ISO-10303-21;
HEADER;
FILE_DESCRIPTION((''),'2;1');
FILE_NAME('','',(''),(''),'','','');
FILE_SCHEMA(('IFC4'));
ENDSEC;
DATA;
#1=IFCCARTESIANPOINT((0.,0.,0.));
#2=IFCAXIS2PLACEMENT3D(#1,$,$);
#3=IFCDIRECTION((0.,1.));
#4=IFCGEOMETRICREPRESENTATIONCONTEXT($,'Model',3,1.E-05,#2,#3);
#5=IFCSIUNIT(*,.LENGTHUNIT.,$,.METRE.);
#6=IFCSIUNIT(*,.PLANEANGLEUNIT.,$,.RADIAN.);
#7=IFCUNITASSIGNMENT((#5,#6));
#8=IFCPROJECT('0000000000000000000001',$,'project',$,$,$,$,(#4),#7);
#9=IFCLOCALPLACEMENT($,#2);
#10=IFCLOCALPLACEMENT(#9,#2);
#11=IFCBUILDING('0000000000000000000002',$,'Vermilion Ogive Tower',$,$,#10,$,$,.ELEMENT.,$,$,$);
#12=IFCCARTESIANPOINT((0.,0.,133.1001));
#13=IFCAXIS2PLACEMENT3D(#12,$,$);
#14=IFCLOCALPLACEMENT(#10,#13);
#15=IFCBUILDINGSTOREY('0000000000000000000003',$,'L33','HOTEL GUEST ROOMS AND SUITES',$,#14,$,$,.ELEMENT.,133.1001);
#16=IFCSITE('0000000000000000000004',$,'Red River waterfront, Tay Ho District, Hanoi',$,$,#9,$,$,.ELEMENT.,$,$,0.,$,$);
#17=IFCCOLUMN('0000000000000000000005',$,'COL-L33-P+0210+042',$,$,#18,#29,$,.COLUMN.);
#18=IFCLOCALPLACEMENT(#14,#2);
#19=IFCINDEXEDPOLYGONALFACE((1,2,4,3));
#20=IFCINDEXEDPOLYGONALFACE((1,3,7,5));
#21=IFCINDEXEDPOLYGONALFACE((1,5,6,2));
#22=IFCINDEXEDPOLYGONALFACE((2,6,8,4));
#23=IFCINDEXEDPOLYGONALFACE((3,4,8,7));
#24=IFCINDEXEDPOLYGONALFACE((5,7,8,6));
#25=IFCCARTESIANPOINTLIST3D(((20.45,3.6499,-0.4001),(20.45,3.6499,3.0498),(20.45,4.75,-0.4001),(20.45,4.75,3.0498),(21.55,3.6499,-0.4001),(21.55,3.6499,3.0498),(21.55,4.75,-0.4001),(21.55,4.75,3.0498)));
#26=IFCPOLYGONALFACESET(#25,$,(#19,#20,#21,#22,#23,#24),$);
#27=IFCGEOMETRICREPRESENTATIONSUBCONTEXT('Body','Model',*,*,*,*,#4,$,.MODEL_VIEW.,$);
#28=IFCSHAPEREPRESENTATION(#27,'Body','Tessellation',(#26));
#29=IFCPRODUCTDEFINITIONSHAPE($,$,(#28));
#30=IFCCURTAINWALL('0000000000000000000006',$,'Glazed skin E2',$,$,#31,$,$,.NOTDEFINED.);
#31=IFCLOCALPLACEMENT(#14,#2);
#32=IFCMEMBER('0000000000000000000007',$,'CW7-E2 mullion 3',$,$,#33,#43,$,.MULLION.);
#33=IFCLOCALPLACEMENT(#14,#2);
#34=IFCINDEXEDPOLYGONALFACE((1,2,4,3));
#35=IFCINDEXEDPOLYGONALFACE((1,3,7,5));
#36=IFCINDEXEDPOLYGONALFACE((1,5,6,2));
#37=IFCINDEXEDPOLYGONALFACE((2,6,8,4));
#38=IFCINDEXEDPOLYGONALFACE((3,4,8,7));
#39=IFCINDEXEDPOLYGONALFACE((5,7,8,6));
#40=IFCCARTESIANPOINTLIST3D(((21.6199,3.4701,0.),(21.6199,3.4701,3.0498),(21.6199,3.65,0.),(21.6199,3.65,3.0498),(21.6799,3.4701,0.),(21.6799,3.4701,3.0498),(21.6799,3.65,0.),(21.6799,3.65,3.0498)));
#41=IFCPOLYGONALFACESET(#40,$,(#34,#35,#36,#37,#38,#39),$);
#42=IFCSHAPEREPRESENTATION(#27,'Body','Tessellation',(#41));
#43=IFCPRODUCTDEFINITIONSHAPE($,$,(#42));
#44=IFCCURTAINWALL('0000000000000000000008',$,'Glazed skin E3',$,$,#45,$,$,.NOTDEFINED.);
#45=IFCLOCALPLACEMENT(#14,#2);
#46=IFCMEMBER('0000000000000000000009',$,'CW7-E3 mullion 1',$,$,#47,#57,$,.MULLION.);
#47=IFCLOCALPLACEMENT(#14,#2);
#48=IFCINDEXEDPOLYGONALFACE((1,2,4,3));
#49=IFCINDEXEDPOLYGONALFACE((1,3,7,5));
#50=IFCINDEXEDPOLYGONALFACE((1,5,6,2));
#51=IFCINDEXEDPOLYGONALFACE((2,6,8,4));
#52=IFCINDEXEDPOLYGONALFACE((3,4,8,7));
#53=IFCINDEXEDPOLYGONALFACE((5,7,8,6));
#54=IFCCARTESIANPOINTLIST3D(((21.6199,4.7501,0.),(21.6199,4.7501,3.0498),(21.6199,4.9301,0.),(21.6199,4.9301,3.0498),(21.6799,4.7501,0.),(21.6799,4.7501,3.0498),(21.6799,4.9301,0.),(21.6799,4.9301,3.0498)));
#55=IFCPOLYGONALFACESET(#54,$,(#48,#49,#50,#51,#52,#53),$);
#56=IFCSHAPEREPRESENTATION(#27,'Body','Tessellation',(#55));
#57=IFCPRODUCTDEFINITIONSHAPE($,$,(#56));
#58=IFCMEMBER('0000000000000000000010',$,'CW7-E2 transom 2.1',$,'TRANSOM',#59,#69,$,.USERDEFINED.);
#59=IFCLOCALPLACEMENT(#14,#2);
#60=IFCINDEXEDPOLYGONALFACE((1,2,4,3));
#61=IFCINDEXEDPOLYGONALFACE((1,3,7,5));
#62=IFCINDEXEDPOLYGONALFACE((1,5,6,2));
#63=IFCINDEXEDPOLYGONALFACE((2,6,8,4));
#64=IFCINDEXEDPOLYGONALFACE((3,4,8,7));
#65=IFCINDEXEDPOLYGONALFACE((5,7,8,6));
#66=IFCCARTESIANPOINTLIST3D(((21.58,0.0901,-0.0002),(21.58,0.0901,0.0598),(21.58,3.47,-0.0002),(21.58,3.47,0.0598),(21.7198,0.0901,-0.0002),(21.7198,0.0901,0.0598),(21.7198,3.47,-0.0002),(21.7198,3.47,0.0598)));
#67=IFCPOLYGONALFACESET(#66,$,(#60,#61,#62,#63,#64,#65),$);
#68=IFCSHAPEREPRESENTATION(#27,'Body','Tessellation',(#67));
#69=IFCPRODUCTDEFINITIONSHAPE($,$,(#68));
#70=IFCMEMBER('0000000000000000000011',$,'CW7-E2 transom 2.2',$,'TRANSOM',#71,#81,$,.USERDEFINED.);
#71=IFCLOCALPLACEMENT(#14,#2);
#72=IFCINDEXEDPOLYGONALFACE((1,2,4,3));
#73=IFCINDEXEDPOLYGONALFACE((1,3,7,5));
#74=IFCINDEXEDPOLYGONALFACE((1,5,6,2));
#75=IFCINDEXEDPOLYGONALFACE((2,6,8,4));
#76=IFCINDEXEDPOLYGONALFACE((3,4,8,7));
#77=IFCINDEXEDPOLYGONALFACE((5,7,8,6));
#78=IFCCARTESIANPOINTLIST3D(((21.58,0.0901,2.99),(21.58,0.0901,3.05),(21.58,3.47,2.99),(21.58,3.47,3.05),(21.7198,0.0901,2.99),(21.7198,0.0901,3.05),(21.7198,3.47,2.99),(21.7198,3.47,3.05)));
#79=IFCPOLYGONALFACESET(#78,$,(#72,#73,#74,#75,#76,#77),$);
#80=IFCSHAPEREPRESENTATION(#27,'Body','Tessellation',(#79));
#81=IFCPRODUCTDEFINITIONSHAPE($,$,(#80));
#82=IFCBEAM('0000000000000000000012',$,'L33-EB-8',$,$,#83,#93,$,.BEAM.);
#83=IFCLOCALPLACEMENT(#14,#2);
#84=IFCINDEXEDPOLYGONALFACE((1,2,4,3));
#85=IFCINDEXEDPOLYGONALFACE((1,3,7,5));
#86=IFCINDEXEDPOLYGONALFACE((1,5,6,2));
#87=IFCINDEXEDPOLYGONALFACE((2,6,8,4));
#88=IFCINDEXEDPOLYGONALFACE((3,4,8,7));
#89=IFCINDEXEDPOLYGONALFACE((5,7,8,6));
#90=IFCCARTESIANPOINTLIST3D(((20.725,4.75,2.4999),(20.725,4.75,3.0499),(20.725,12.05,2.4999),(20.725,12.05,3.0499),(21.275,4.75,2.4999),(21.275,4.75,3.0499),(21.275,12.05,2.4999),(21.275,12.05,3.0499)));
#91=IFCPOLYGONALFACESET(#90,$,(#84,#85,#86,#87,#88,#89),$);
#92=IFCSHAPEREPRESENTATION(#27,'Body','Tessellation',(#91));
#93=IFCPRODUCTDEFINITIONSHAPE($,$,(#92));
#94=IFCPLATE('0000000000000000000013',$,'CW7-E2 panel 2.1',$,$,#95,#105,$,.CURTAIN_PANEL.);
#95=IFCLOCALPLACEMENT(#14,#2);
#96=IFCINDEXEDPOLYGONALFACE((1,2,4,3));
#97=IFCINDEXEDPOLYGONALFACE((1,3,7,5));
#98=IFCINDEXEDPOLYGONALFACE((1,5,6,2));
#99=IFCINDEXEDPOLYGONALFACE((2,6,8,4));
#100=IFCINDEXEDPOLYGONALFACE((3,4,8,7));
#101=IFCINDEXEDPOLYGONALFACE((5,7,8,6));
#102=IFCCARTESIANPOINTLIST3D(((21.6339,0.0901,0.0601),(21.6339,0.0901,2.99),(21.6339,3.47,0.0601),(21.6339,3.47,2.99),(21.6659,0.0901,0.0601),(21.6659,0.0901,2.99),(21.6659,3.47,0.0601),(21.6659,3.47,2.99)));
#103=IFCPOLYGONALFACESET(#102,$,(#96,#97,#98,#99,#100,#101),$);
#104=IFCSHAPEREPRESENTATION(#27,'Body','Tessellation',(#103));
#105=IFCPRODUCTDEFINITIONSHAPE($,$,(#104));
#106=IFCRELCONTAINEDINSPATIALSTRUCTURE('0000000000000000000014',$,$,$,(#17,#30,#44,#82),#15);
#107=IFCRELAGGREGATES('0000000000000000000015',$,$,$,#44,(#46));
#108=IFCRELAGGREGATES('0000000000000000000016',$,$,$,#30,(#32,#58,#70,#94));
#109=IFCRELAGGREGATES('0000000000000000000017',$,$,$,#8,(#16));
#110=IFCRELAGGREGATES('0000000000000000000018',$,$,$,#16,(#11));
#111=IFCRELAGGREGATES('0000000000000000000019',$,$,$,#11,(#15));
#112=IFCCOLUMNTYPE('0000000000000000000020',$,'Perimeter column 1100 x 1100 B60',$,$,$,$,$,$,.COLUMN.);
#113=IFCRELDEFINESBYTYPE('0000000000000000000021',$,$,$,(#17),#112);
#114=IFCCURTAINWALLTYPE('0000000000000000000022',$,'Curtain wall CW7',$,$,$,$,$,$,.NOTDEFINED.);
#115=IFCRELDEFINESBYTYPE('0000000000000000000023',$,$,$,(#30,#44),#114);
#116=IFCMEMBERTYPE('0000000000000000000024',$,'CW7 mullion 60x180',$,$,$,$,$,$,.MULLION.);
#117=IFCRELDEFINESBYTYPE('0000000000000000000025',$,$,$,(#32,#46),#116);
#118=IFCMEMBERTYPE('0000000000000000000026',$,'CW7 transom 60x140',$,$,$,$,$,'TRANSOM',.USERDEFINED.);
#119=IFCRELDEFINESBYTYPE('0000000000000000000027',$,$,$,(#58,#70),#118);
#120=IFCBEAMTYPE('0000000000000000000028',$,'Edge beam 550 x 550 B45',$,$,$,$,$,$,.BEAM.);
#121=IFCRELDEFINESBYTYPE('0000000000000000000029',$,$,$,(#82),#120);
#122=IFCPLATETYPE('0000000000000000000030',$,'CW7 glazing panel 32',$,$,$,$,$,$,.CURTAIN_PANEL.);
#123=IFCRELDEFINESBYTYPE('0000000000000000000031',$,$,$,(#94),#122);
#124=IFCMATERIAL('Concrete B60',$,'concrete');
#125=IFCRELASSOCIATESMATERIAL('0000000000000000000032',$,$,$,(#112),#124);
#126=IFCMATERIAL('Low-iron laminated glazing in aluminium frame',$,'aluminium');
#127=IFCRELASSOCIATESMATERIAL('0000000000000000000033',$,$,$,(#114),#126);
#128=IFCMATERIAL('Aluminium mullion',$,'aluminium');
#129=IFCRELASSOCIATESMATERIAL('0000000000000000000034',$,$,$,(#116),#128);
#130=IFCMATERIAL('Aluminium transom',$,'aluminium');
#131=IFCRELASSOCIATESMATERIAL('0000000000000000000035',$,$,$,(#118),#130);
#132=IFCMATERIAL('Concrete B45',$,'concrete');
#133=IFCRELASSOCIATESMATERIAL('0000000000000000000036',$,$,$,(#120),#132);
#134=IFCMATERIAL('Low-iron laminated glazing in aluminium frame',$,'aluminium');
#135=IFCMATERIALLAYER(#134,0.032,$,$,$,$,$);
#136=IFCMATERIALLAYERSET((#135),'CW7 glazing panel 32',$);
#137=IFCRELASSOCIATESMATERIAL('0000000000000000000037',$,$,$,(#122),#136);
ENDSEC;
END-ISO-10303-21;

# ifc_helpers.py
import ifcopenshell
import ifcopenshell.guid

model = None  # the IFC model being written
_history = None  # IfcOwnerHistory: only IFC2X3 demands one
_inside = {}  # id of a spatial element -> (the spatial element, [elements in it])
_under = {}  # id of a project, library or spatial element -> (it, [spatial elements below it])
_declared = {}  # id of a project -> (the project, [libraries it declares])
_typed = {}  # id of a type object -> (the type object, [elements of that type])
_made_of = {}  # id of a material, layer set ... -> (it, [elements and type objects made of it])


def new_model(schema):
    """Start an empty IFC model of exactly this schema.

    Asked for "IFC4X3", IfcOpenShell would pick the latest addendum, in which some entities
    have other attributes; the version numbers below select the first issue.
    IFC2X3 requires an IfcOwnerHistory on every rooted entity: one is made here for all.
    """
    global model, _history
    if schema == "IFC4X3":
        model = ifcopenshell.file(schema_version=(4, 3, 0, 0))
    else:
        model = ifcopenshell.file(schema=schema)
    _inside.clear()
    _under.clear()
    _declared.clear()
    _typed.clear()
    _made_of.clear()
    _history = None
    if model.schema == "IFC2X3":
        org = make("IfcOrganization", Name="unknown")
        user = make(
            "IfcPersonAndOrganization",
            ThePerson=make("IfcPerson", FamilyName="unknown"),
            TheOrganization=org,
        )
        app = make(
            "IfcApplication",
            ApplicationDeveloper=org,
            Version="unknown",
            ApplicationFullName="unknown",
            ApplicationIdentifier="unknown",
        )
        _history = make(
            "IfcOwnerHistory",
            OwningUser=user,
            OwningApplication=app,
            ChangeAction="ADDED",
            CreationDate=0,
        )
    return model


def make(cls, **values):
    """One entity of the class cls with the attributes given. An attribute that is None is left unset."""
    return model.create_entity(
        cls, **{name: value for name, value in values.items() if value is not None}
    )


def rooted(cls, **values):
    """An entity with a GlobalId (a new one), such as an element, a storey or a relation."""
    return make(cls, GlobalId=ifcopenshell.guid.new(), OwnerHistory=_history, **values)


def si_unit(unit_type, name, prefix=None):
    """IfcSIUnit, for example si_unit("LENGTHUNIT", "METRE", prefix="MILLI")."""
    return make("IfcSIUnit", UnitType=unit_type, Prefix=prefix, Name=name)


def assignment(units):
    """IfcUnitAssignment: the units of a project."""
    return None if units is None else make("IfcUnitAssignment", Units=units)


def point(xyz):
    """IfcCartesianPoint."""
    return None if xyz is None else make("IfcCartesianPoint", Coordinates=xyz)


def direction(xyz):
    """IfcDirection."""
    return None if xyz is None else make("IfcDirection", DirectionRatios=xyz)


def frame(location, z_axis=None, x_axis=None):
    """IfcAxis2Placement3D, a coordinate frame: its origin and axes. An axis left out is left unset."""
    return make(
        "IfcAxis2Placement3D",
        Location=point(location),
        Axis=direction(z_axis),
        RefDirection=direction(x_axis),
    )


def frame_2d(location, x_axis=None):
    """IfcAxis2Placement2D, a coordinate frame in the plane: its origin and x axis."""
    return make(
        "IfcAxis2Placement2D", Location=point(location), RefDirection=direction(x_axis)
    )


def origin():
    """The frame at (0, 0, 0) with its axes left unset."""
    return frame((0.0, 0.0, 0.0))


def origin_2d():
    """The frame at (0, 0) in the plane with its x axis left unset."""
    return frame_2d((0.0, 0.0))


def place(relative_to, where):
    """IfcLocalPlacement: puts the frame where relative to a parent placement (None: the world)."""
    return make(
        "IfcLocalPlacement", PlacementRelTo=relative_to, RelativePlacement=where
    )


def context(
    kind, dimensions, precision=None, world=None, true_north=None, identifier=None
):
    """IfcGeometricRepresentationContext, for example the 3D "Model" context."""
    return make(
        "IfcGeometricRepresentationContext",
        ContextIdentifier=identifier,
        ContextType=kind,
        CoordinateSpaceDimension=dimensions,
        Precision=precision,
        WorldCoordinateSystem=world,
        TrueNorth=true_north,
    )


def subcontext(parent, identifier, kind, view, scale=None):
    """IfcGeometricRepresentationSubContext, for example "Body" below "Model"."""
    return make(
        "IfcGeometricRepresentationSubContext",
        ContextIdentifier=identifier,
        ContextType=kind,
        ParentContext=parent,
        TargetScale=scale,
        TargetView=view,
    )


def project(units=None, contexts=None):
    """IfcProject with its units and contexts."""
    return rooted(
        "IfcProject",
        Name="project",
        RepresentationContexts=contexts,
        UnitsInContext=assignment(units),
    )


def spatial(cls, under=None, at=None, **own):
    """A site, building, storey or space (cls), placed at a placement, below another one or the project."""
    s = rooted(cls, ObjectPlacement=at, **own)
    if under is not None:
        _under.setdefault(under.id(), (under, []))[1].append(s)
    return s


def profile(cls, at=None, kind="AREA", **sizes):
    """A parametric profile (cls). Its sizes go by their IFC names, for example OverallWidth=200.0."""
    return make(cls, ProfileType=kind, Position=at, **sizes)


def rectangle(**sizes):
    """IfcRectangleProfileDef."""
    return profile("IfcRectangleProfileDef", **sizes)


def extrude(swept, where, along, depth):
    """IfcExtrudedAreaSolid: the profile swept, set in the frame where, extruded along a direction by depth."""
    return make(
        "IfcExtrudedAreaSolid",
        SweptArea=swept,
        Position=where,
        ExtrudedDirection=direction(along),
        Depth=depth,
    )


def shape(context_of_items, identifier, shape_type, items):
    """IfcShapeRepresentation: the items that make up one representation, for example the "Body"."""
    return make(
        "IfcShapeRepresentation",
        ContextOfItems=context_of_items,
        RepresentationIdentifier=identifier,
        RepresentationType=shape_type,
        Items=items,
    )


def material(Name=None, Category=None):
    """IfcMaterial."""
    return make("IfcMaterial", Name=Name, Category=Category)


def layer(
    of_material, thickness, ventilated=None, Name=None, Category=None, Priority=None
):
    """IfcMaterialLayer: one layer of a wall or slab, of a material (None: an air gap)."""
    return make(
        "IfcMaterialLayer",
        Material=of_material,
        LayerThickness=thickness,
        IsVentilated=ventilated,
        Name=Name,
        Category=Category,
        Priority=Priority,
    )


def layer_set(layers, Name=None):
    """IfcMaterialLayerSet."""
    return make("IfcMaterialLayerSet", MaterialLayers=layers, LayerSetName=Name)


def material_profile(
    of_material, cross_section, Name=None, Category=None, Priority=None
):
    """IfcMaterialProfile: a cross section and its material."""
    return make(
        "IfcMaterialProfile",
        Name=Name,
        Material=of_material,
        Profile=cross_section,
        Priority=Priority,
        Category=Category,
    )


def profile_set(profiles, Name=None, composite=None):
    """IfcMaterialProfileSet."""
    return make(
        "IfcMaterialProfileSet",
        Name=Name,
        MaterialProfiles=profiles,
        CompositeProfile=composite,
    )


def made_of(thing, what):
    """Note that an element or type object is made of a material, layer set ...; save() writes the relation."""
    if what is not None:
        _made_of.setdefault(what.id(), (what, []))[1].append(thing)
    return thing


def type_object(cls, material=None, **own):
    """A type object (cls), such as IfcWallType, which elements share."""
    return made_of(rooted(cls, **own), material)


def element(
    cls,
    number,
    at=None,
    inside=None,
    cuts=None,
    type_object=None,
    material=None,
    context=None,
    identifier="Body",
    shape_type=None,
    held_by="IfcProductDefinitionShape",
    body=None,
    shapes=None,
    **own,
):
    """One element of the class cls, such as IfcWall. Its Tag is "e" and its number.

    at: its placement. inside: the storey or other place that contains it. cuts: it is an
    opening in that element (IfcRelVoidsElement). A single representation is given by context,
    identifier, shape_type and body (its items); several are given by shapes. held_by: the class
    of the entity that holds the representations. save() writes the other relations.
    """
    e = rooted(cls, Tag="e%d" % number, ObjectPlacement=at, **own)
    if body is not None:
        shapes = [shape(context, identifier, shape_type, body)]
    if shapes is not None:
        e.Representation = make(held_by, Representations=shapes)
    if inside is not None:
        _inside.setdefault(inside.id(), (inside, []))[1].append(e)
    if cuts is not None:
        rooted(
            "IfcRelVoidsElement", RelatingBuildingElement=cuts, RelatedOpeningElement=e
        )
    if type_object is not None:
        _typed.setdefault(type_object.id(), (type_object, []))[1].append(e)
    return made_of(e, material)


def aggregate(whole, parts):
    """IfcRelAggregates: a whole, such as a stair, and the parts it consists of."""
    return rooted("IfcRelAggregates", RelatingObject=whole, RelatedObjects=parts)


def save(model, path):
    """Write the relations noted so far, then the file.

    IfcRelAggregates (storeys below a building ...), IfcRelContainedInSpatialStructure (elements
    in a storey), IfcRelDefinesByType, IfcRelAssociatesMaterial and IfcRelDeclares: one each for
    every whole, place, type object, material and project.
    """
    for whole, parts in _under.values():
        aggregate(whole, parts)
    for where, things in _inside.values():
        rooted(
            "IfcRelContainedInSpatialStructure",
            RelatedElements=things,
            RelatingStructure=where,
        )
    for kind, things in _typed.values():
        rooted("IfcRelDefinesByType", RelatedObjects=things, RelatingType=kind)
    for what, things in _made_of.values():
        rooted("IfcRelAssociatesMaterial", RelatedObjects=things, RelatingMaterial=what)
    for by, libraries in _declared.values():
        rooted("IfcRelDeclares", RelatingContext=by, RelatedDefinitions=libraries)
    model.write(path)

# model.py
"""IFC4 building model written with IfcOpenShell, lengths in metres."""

from ifc_helpers import new_model, si_unit, direction, frame, origin, origin_2d, place, context, subcontext, project, spatial, rectangle, extrude, material, layer, layer_set, material_profile, profile_set, type_object, element, aggregate, save


model = new_model("IFC4")

# Units and contexts
model_context = context("Model", 3, precision=1e-05, world=origin(), true_north=direction((0.0, 1.0)))
body_context = subcontext(model_context, "Body", "Model", "MODEL_VIEW")
ifc_project = project(units=[si_unit("LENGTHUNIT", "METRE"), si_unit("PLANEANGLEUNIT", "RADIAN")], contexts=[model_context])

# Site, building, storey
site_placement = place(None, origin())
site = spatial("IfcSite", under=ifc_project, at=site_placement, Name="Red River waterfront, Tay Ho District, Hanoi", CompositionType="ELEMENT", RefElevation=0.0)
building_placement = place(site_placement, origin())
building = spatial("IfcBuilding", under=site, at=building_placement, Name="Vermilion Ogive Tower", CompositionType="ELEMENT")
storey_placement = place(building_placement, frame((0.0, 0.0, 133.1001)))
storey = spatial("IfcBuildingStorey", under=building, at=storey_placement, Name="L33", Description="HOTEL GUEST ROOMS AND SUITES", CompositionType="ELEMENT", Elevation=133.1001)

# Column
ifc_material_1 = material(Name="Concrete B60", Category="concrete")
ifc_material_profile_1 = material_profile(ifc_material_1, rectangle(XDim=1.1001, YDim=1.1001, at=origin_2d()), Name="1100 x 1100")
ifc_profile_set_1 = profile_set([ifc_material_profile_1], Name="Concrete B60")
column_type = type_object("IfcColumnType", Name="Perimeter column 1100 x 1100 B60", PredefinedType="COLUMN", material=ifc_profile_set_1)
column_placement = place(storey_placement, frame((21.0, 4.2, -0.4001), z_axis=(0.0, 0.0, 1.0), x_axis=(1.0, 0.0, 0.0)))
element("IfcColumn", 1, at=column_placement, inside=storey, type_object=column_type, Name="COL-L33-P+0210+042", PredefinedType="COLUMN", context=body_context, shape_type="SweptSolid", body=[
    extrude(rectangle(XDim=1.1001, YDim=1.1001, at=origin_2d()), origin(), (0.0, 0.0, 1.0), 3.45),
])

# Curtain walls, members
ifc_material_2 = material(Name="Low-iron laminated glazing in aluminium frame", Category="aluminium")
curtain_wall_type = type_object("IfcCurtainWallType", Name="Curtain wall CW7", PredefinedType="NOTDEFINED", material=ifc_material_2)
curtain_wall_1_placement = place(storey_placement, origin())
curtain_wall_1 = element("IfcCurtainWall", 2, at=curtain_wall_1_placement, inside=storey, type_object=curtain_wall_type, Name="Glazed skin E2", PredefinedType="NOTDEFINED")
ifc_material_3 = material(Name="Aluminium mullion", Category="aluminium")
ifc_material_profile_2 = material_profile(ifc_material_3, rectangle(XDim=0.0601, YDim=0.1799, at=origin_2d()), Name="AL 60x180")
ifc_profile_set_2 = profile_set([ifc_material_profile_2], Name="Aluminium mullion")
member_type_1 = type_object("IfcMemberType", Name="CW7 mullion 60x180", PredefinedType="MULLION", material=ifc_profile_set_2)
member_1_placement = place(storey_placement, frame((21.6499, 3.5601, 0.0), z_axis=(0.0, 0.0, 1.0), x_axis=(-1.0, 0.0, 0.0)))
member_1 = element("IfcMember", 3, at=member_1_placement, type_object=member_type_1, Name="CW7-E2 mullion 3", PredefinedType="MULLION", context=body_context, shape_type="SweptSolid", body=[
    extrude(rectangle(XDim=0.0601, YDim=0.1799, at=origin_2d()), origin(), (0.0, 0.0, 1.0), 3.0498),
])
curtain_wall_2_placement = place(storey_placement, origin())
curtain_wall_2 = element("IfcCurtainWall", 4, at=curtain_wall_2_placement, inside=storey, type_object=curtain_wall_type, Name="Glazed skin E3", PredefinedType="NOTDEFINED")
member_2_placement = place(storey_placement, frame((21.6499, 4.8401, 0.0), z_axis=(0.0, 0.0, 1.0), x_axis=(-1.0, 0.0, 0.0)))
member_2 = element("IfcMember", 5, at=member_2_placement, type_object=member_type_1, Name="CW7-E3 mullion 1", PredefinedType="MULLION", context=body_context, shape_type="SweptSolid", body=[
    extrude(rectangle(XDim=0.0601, YDim=0.1799, at=origin_2d()), origin(), (0.0, 0.0, 1.0), 3.0498),
])
aggregate(curtain_wall_2, [member_2])

# Members
ifc_material_4 = material(Name="Aluminium transom", Category="aluminium")
ifc_material_profile_3 = material_profile(ifc_material_4, rectangle(XDim=0.1399, YDim=0.0601, at=origin_2d()), Name="AL 60x140")
ifc_profile_set_3 = profile_set([ifc_material_profile_3], Name="Aluminium transom")
member_type_2 = type_object("IfcMemberType", Name="CW7 transom 60x140", ElementType="TRANSOM", PredefinedType="USERDEFINED", material=ifc_profile_set_3)
member_3_placement = place(storey_placement, frame((21.6499, 0.0901, 0.0298), z_axis=(0.0, 1.0, 0.0), x_axis=(-1.0, 0.0, 0.0)))
member_3 = element("IfcMember", 6, at=member_3_placement, type_object=member_type_2, Name="CW7-E2 transom 2.1", ObjectType="TRANSOM", PredefinedType="USERDEFINED", context=body_context, shape_type="SweptSolid", body=[
    extrude(rectangle(XDim=0.1399, YDim=0.0601, at=origin_2d()), origin(), (0.0, 0.0, 1.0), 3.3799),
])
member_4_placement = place(storey_placement, frame((21.6499, 0.0901, 3.02), z_axis=(0.0, 1.0, 0.0), x_axis=(-1.0, 0.0, 0.0)))
member_4 = element("IfcMember", 7, at=member_4_placement, type_object=member_type_2, Name="CW7-E2 transom 2.2", ObjectType="TRANSOM", PredefinedType="USERDEFINED", context=body_context, shape_type="SweptSolid", body=[
    extrude(rectangle(XDim=0.1399, YDim=0.0601, at=origin_2d()), origin(), (0.0, 0.0, 1.0), 3.3799),
])

# Beam
ifc_material_5 = material(Name="Concrete B45", Category="concrete")
ifc_material_profile_4 = material_profile(ifc_material_5, rectangle(XDim=0.55, YDim=0.55, at=origin_2d()), Name="550 x 550")
ifc_profile_set_4 = profile_set([ifc_material_profile_4], Name="Concrete B45")
beam_type = type_object("IfcBeamType", Name="Edge beam 550 x 550 B45", PredefinedType="BEAM", material=ifc_profile_set_4)
beam_placement = place(storey_placement, frame((21.0, 4.75, 2.7749), z_axis=(0.0, 1.0, 0.0), x_axis=(-1.0, 0.0, 0.0)))
element("IfcBeam", 8, at=beam_placement, inside=storey, type_object=beam_type, Name="L33-EB-8", PredefinedType="BEAM", context=body_context, shape_type="SweptSolid", body=[
    extrude(rectangle(XDim=0.55, YDim=0.55, at=origin_2d()), origin(), (0.0, 0.0, 1.0), 7.3),
])

# Plate
ifc_material_6 = material(Name="Low-iron laminated glazing in aluminium frame", Category="aluminium")
ifc_layer_1 = layer(ifc_material_6, 0.032)
ifc_layer_set_1 = layer_set([ifc_layer_1], Name="CW7 glazing panel 32")
plate_type = type_object("IfcPlateType", Name="CW7 glazing panel 32", PredefinedType="CURTAIN_PANEL", material=ifc_layer_set_1)
plate_placement = place(storey_placement, frame((21.6499, 1.78, 0.0601), z_axis=(0.0, 0.0, 1.0), x_axis=(0.0, 1.0, 0.0)))
plate = element("IfcPlate", 9, at=plate_placement, type_object=plate_type, Name="CW7-E2 panel 2.1", PredefinedType="CURTAIN_PANEL", context=body_context, shape_type="SweptSolid", body=[
    extrude(rectangle(XDim=3.3799, YDim=0.032, at=origin_2d()), origin(), (0.0, 0.0, 1.0), 2.9299),
])
aggregate(curtain_wall_1, [member_1, member_3, member_4, plate])

save(model, "model.ifc")
